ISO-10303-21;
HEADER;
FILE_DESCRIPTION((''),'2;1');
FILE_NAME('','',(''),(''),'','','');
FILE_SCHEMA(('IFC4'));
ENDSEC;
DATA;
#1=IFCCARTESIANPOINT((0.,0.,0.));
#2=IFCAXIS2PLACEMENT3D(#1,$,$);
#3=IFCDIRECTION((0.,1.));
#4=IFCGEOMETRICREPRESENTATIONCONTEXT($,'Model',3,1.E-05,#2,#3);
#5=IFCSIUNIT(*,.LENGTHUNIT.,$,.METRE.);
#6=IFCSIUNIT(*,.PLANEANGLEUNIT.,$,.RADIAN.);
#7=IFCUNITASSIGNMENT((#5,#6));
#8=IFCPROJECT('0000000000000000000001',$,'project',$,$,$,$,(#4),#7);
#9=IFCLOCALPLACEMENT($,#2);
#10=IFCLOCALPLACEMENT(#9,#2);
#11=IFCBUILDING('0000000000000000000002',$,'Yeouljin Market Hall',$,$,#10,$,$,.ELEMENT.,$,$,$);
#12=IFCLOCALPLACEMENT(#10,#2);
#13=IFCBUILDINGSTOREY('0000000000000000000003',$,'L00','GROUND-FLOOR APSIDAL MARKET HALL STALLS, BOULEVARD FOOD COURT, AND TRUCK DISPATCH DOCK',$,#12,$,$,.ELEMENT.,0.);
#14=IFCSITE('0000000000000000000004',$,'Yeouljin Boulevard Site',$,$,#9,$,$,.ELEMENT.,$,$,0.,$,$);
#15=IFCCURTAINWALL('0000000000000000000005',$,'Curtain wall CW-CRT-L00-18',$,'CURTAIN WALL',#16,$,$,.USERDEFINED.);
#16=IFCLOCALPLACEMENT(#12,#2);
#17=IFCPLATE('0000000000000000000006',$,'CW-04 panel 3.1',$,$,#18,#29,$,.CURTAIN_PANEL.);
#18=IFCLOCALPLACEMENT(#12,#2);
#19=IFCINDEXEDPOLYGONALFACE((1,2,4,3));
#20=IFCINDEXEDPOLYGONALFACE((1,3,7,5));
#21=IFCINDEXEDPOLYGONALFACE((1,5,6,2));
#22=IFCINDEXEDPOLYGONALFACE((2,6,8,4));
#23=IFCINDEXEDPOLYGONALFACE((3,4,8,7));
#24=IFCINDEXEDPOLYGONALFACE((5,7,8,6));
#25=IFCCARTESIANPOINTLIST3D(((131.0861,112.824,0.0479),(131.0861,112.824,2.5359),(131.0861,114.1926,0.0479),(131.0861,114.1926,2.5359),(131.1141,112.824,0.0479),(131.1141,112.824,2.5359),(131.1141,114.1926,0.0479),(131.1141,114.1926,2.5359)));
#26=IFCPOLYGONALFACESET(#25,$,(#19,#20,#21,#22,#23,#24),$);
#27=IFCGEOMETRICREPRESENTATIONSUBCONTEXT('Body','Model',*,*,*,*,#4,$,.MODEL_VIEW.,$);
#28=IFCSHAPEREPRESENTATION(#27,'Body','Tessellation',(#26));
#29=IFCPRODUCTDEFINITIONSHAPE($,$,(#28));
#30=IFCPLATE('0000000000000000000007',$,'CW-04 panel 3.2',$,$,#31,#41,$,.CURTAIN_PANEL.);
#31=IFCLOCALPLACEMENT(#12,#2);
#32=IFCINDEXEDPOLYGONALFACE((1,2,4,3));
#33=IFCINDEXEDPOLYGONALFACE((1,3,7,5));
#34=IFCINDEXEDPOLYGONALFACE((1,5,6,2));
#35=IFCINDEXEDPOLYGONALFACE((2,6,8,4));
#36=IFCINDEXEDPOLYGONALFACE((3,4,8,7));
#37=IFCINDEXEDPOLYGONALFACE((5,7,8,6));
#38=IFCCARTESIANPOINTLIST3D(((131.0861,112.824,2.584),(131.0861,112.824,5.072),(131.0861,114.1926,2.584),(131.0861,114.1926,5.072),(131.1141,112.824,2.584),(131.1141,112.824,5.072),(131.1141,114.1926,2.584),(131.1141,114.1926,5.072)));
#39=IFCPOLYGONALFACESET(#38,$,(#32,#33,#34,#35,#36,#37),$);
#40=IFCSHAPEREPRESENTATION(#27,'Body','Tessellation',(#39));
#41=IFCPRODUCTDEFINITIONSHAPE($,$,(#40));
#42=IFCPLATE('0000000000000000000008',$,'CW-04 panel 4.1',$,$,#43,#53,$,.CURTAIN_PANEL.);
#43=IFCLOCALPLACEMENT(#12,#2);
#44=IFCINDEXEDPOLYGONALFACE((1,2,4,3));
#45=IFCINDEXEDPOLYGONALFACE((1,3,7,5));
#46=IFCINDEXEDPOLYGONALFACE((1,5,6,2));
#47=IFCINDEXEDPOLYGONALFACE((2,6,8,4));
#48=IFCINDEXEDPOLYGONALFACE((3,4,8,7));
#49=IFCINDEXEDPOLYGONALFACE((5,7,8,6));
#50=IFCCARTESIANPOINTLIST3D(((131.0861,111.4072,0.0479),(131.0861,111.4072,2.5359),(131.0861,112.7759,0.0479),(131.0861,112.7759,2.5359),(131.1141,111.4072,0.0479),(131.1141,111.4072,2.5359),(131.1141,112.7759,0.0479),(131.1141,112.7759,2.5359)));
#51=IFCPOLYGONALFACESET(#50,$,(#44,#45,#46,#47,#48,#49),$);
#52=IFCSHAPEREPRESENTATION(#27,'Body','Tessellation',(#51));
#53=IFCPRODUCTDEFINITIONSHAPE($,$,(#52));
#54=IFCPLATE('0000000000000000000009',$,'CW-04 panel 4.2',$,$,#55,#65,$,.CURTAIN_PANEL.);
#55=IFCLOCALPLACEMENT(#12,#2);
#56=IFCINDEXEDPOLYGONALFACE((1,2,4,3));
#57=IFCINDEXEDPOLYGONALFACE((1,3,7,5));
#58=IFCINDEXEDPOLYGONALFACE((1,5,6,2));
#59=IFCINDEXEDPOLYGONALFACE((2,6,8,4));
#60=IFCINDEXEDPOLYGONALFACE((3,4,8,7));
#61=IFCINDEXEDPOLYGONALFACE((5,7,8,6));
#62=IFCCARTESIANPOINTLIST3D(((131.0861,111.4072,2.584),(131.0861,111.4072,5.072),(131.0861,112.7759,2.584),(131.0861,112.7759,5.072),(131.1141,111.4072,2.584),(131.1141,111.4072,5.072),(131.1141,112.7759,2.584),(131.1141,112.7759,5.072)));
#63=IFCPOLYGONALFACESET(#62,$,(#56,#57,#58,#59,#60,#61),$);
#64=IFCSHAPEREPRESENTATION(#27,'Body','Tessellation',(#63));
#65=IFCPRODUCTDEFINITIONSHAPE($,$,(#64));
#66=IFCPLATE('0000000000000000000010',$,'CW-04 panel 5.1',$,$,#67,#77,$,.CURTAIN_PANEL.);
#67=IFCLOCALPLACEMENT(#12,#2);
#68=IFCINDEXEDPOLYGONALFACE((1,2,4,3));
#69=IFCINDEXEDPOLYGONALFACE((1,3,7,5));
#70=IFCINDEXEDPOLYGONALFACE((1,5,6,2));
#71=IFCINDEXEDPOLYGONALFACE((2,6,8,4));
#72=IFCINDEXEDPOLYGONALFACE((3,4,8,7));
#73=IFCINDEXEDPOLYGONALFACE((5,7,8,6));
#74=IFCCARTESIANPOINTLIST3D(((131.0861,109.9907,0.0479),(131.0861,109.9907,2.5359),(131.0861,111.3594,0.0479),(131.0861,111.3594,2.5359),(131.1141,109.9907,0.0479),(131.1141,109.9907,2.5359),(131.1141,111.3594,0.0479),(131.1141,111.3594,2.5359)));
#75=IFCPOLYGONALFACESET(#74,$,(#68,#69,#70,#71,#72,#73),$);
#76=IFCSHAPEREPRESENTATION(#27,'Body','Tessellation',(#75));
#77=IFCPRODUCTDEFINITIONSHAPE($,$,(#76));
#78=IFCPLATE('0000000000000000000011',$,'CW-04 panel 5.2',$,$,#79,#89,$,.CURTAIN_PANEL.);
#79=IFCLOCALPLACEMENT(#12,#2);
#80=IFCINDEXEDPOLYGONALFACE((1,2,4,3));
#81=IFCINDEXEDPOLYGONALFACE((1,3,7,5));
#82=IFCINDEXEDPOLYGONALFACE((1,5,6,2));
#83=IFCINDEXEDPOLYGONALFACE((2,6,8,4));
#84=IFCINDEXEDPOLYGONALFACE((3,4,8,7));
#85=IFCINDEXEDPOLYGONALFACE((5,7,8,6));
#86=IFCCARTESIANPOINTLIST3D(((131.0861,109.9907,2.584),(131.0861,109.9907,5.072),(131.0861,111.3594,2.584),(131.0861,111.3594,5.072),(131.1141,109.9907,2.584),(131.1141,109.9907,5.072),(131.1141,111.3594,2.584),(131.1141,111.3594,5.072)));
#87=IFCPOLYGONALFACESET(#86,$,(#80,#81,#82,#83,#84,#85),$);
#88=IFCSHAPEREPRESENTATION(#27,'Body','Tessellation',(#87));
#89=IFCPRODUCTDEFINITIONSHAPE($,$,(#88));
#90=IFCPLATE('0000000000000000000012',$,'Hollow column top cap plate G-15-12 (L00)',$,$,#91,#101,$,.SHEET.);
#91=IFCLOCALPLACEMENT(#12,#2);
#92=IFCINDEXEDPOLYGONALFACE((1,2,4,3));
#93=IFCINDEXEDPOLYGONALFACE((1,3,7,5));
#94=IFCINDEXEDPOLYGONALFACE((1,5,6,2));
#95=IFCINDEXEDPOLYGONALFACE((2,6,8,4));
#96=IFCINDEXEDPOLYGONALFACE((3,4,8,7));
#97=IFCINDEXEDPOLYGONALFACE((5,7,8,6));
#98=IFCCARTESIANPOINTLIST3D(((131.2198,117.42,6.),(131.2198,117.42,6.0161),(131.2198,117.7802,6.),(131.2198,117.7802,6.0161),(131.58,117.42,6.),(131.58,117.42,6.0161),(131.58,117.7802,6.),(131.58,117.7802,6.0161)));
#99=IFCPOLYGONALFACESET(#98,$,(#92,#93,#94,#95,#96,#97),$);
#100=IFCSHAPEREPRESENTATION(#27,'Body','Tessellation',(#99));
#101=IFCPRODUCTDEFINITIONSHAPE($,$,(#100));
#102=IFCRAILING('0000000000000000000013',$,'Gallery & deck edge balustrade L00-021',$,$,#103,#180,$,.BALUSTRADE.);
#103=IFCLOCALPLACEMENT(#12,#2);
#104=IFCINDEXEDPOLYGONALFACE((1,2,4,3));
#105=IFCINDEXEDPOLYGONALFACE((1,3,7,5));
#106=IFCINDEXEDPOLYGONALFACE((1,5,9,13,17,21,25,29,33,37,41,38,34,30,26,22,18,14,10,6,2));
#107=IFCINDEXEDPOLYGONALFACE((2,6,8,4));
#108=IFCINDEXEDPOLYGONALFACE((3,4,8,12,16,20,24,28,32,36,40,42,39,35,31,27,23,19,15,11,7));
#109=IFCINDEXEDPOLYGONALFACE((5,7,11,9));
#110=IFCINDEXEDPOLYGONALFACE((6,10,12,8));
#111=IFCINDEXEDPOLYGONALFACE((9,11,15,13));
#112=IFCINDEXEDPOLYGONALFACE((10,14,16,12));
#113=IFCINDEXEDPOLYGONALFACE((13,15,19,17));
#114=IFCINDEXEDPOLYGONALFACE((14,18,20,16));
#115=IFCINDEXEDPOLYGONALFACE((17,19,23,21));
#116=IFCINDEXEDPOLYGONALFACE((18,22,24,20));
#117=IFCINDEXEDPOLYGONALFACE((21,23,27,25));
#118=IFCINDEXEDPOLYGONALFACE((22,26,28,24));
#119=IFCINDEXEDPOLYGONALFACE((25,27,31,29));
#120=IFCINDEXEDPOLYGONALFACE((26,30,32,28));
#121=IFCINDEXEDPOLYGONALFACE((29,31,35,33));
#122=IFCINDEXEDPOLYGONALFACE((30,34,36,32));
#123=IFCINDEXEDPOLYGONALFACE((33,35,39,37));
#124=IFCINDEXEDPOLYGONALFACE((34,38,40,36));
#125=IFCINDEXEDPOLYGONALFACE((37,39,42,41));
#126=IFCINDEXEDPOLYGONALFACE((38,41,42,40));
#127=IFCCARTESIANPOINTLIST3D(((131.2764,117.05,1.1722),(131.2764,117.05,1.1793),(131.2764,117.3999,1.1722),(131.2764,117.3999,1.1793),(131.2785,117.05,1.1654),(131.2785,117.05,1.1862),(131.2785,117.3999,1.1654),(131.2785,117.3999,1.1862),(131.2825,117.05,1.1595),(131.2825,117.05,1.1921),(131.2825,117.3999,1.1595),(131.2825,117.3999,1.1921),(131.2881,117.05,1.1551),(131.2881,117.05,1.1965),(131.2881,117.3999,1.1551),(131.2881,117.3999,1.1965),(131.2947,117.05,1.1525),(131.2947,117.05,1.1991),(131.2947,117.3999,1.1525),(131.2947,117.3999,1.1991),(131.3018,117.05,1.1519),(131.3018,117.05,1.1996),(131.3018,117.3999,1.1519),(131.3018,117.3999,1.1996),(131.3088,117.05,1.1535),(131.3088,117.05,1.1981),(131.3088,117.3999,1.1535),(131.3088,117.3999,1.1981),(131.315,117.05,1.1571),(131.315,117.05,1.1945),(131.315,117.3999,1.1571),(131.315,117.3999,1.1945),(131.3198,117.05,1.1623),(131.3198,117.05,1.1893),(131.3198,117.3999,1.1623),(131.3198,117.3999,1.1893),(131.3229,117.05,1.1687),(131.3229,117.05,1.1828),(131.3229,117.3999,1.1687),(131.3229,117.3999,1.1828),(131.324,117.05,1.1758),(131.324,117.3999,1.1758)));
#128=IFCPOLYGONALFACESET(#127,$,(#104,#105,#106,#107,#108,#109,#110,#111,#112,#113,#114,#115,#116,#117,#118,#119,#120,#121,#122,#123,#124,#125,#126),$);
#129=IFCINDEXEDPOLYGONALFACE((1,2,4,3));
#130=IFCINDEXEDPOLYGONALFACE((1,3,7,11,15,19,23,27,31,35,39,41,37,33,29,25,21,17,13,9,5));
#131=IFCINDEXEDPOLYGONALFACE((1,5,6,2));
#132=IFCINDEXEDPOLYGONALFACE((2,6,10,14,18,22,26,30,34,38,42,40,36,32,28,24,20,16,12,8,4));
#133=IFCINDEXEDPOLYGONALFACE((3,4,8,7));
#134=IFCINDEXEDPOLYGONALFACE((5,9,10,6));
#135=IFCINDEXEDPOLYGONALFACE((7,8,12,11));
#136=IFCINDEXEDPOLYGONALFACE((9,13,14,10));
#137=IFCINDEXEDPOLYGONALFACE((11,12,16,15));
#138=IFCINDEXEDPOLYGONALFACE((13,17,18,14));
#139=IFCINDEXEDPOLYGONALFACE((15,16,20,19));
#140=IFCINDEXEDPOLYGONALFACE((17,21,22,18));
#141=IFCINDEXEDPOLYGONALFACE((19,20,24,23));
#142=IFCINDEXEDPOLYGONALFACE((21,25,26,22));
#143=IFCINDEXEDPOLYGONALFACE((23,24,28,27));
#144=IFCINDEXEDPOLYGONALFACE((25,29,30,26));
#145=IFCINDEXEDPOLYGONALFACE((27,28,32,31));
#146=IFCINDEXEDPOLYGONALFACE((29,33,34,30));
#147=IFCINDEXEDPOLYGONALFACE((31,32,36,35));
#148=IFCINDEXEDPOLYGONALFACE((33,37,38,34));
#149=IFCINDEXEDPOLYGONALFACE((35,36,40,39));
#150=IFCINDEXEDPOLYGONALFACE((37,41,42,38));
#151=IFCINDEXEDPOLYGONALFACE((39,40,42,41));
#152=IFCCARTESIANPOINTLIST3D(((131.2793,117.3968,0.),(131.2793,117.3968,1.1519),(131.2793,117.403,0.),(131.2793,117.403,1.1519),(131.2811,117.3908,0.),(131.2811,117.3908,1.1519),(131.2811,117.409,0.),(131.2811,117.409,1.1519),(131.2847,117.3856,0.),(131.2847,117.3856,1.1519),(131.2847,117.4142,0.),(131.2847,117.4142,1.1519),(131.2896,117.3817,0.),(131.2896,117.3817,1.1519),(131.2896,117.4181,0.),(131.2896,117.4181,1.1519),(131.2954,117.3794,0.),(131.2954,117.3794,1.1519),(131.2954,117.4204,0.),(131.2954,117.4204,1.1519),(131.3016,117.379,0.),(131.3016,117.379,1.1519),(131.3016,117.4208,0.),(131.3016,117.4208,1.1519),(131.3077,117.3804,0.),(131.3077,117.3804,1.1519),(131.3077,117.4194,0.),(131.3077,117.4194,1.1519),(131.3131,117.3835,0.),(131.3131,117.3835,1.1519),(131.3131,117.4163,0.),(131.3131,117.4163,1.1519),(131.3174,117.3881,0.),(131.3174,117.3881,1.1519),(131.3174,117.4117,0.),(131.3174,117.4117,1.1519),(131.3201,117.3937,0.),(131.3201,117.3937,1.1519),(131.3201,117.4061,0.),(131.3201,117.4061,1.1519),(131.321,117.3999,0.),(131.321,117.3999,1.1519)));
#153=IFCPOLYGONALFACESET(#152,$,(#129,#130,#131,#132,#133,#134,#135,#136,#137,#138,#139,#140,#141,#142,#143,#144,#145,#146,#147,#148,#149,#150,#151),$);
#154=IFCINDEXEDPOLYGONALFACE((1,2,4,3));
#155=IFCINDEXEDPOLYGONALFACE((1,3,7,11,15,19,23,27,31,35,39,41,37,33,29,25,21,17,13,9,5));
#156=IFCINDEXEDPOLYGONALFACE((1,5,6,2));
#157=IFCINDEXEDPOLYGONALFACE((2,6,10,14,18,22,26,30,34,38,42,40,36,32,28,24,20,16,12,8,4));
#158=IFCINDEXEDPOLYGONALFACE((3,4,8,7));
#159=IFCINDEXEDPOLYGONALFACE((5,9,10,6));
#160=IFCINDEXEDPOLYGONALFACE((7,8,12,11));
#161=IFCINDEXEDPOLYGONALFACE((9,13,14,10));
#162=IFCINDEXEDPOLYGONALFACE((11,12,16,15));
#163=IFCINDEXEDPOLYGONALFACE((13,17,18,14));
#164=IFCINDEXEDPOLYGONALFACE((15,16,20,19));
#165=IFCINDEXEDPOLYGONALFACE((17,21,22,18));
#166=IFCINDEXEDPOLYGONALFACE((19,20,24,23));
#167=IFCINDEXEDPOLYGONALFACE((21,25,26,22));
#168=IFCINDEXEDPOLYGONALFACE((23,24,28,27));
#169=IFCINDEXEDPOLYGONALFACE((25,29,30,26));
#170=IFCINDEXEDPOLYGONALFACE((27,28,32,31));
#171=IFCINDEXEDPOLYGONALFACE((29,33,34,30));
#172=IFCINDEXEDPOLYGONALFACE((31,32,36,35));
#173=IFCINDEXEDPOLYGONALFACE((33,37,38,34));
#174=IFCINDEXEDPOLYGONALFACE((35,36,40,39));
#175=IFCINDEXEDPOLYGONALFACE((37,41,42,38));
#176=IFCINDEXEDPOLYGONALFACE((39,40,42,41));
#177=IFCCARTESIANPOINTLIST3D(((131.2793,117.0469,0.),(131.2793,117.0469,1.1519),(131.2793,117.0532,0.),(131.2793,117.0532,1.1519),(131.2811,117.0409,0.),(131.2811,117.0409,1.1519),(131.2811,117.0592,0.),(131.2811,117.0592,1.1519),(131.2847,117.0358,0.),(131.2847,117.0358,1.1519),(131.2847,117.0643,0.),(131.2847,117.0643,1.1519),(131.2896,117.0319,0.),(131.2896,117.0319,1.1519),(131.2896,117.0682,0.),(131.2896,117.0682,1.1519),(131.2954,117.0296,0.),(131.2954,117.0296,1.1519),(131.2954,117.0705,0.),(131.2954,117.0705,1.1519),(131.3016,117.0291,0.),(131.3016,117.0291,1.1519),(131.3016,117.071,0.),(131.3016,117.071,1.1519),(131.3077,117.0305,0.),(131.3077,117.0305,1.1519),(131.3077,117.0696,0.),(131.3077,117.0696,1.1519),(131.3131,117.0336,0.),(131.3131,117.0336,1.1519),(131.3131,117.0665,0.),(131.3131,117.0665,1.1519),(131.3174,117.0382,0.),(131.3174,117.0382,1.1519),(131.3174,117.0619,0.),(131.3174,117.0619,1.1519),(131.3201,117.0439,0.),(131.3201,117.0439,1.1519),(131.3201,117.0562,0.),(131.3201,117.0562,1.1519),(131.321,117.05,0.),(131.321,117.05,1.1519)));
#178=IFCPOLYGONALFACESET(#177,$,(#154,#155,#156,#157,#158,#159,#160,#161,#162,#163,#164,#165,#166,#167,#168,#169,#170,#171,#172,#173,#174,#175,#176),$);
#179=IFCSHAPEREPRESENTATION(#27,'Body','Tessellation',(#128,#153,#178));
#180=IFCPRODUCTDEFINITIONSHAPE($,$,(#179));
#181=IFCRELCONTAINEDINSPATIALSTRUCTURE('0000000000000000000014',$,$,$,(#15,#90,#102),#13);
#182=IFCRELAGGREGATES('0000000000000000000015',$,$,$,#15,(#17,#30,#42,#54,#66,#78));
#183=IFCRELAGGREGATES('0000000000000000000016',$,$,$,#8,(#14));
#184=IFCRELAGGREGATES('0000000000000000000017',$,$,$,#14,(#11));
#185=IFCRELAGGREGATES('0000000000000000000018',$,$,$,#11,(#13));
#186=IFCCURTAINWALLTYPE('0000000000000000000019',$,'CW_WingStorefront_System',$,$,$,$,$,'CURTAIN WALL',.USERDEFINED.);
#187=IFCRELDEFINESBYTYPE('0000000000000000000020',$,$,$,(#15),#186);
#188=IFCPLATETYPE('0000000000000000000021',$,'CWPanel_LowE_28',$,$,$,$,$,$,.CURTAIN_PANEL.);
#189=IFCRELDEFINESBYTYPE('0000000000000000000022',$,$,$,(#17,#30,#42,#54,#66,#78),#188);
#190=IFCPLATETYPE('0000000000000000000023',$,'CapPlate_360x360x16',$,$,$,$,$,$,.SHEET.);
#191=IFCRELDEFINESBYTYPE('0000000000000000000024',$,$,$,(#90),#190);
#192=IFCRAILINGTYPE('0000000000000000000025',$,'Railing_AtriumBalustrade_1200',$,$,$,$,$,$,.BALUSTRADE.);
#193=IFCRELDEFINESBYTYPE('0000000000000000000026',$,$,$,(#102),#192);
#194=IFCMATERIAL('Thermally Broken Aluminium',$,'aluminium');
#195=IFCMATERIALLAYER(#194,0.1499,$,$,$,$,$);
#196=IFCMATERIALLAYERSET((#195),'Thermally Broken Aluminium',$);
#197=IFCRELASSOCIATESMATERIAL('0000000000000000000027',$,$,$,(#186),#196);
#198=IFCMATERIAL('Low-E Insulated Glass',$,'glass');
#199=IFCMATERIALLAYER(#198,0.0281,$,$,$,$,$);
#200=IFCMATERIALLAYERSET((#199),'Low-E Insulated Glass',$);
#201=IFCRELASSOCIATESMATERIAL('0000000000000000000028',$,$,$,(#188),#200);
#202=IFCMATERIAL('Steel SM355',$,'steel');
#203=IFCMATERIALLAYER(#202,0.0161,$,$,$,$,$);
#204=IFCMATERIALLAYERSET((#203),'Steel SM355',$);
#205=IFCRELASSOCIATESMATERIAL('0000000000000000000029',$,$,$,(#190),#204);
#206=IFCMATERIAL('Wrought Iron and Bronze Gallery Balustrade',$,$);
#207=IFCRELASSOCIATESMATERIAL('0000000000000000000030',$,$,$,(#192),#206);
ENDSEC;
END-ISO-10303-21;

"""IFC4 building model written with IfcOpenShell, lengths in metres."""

from ifc_helpers import new_model, si_unit, direction, frame, origin, origin_2d, place, context, subcontext, project, spatial, rectangle, circle, extrude, material, layer, layer_set, type_object, element, aggregate, save


model = new_model("IFC4")

# Units and contexts
model_context = context("Model", 3, precision=1e-05, world=origin(), true_north=direction((0.0, 1.0)))
body_context = subcontext(model_context, "Body", "Model", "MODEL_VIEW")
ifc_project = project(units=[si_unit("LENGTHUNIT", "METRE"), si_unit("PLANEANGLEUNIT", "RADIAN")], contexts=[model_context])

# Site, building, storey
site_placement = place(None, origin())
site = spatial("IfcSite", under=ifc_project, at=site_placement, Name="Yeouljin Boulevard Site", CompositionType="ELEMENT", RefElevation=0.0)
building_placement = place(site_placement, origin())
building = spatial("IfcBuilding", under=site, at=building_placement, Name="Yeouljin Market Hall", CompositionType="ELEMENT")
storey_placement = place(building_placement, origin())
storey = spatial("IfcBuildingStorey", under=building, at=storey_placement, Name="L00", Description="GROUND-FLOOR APSIDAL MARKET HALL STALLS, BOULEVARD FOOD COURT, AND TRUCK DISPATCH DOCK", CompositionType="ELEMENT", Elevation=0.0)

# Curtain wall, plates
ifc_material_1 = material(Name="Thermally Broken Aluminium", Category="aluminium")
ifc_layer_1 = layer(ifc_material_1, 0.1499)
ifc_layer_set_1 = layer_set([ifc_layer_1], Name="Thermally Broken Aluminium")
curtain_wall_type = type_object("IfcCurtainWallType", Name="CW_WingStorefront_System", ElementType="CURTAIN WALL", PredefinedType="USERDEFINED", material=ifc_layer_set_1)
curtain_wall_placement = place(storey_placement, origin())
curtain_wall = element("IfcCurtainWall", 1, at=curtain_wall_placement, inside=storey, type_object=curtain_wall_type, Name="Curtain wall CW-CRT-L00-18", ObjectType="CURTAIN WALL", PredefinedType="USERDEFINED")
ifc_material_2 = material(Name="Low-E Insulated Glass", Category="glass")
ifc_layer_2 = layer(ifc_material_2, 0.0281)
ifc_layer_set_2 = layer_set([ifc_layer_2], Name="Low-E Insulated Glass")
plate_type_1 = type_object("IfcPlateType", Name="CWPanel_LowE_28", PredefinedType="CURTAIN_PANEL", material=ifc_layer_set_2)
plate_1_placement = place(storey_placement, frame((131.1001, 113.5083, 0.0479), z_axis=(0.0, 0.0, 1.0), x_axis=(0.0, -1.0, 0.0)))
plate_1 = element("IfcPlate", 2, at=plate_1_placement, type_object=plate_type_1, Name="CW-04 panel 3.1", PredefinedType="CURTAIN_PANEL", context=body_context, shape_type="SweptSolid", body=[
    extrude(rectangle(XDim=1.3687, YDim=0.0281, at=origin_2d()), origin(), (0.0, 0.0, 1.0), 2.488),
])
plate_2_placement = place(storey_placement, frame((131.1001, 113.5083, 2.584), z_axis=(0.0, 0.0, 1.0), x_axis=(0.0, -1.0, 0.0)))
plate_2 = element("IfcPlate", 3, at=plate_2_placement, type_object=plate_type_1, Name="CW-04 panel 3.2", PredefinedType="CURTAIN_PANEL", context=body_context, shape_type="SweptSolid", body=[
    extrude(rectangle(XDim=1.3687, YDim=0.0281, at=origin_2d()), origin(), (0.0, 0.0, 1.0), 2.488),
])
plate_3_placement = place(storey_placement, frame((131.1001, 112.0916, 0.0479), z_axis=(0.0, 0.0, 1.0), x_axis=(0.0, -1.0, 0.0)))
plate_3 = element("IfcPlate", 4, at=plate_3_placement, type_object=plate_type_1, Name="CW-04 panel 4.1", PredefinedType="CURTAIN_PANEL", context=body_context, shape_type="SweptSolid", body=[
    extrude(rectangle(XDim=1.3687, YDim=0.0281, at=origin_2d()), origin(), (0.0, 0.0, 1.0), 2.488),
])
plate_4_placement = place(storey_placement, frame((131.1001, 112.0916, 2.584), z_axis=(0.0, 0.0, 1.0), x_axis=(0.0, -1.0, 0.0)))
plate_4 = element("IfcPlate", 5, at=plate_4_placement, type_object=plate_type_1, Name="CW-04 panel 4.2", PredefinedType="CURTAIN_PANEL", context=body_context, shape_type="SweptSolid", body=[
    extrude(rectangle(XDim=1.3687, YDim=0.0281, at=origin_2d()), origin(), (0.0, 0.0, 1.0), 2.488),
])
plate_5_placement = place(storey_placement, frame((131.1001, 110.675, 0.0479), z_axis=(0.0, 0.0, 1.0), x_axis=(0.0, -1.0, 0.0)))
plate_5 = element("IfcPlate", 6, at=plate_5_placement, type_object=plate_type_1, Name="CW-04 panel 5.1", PredefinedType="CURTAIN_PANEL", context=body_context, shape_type="SweptSolid", body=[
    extrude(rectangle(XDim=1.3687, YDim=0.0281, at=origin_2d()), origin(), (0.0, 0.0, 1.0), 2.488),
])
plate_6_placement = place(storey_placement, frame((131.1001, 110.675, 2.584), z_axis=(0.0, 0.0, 1.0), x_axis=(0.0, -1.0, 0.0)))
plate_6 = element("IfcPlate", 7, at=plate_6_placement, type_object=plate_type_1, Name="CW-04 panel 5.2", PredefinedType="CURTAIN_PANEL", context=body_context, shape_type="SweptSolid", body=[
    extrude(rectangle(XDim=1.3687, YDim=0.0281, at=origin_2d()), origin(), (0.0, 0.0, 1.0), 2.488),
])
aggregate(curtain_wall, [plate_1, plate_2, plate_3, plate_4, plate_5, plate_6])

# Plate
ifc_material_3 = material(Name="Steel SM355", Category="steel")
ifc_layer_3 = layer(ifc_material_3, 0.0161)
ifc_layer_set_3 = layer_set([ifc_layer_3], Name="Steel SM355")
plate_type_2 = type_object("IfcPlateType", Name="CapPlate_360x360x16", PredefinedType="SHEET", material=ifc_layer_set_3)
plate_7_placement = place(storey_placement, frame((131.3999, 117.6001, 6.0), z_axis=(0.0, 0.0, 1.0), x_axis=(1.0, 0.0, 0.0)))
element("IfcPlate", 8, at=plate_7_placement, inside=storey, type_object=plate_type_2, Name="Hollow column top cap plate G-15-12 (L00)", PredefinedType="SHEET", context=body_context, shape_type="SweptSolid", body=[
    extrude(rectangle(XDim=0.3601, YDim=0.3601, at=origin_2d()), origin(), (0.0, 0.0, 1.0), 0.0161),
])

# Railing
ifc_material_4 = material(Name="Wrought Iron and Bronze Gallery Balustrade")
railing_type = type_object("IfcRailingType", Name="Railing_AtriumBalustrade_1200", PredefinedType="BALUSTRADE", material=ifc_material_4)
railing_placement = place(storey_placement, frame((131.3, 117.3999, 0.0)))
element("IfcRailing", 9, at=railing_placement, inside=storey, type_object=railing_type, Name="Gallery & deck edge balustrade L00-021", PredefinedType="BALUSTRADE", context=body_context, shape_type="SweptSolid", body=[
    extrude(circle(Radius=0.0239, at=origin_2d()), frame((0.0, 0.0, 1.1758), z_axis=(0.0, -1.0, 0.0), x_axis=(1.0, 0.0, 0.0)), (0.0, 0.0, 1.0), 0.3499),
    extrude(circle(Radius=0.021, at=origin_2d()), origin(), (0.0, 0.0, 1.0), 1.1519),
    extrude(circle(Radius=0.021, at=origin_2d()), frame((0.0, -0.3499, 0.0)), (0.0, 0.0, 1.0), 1.1519),
])

save(model, "model.ifc")
